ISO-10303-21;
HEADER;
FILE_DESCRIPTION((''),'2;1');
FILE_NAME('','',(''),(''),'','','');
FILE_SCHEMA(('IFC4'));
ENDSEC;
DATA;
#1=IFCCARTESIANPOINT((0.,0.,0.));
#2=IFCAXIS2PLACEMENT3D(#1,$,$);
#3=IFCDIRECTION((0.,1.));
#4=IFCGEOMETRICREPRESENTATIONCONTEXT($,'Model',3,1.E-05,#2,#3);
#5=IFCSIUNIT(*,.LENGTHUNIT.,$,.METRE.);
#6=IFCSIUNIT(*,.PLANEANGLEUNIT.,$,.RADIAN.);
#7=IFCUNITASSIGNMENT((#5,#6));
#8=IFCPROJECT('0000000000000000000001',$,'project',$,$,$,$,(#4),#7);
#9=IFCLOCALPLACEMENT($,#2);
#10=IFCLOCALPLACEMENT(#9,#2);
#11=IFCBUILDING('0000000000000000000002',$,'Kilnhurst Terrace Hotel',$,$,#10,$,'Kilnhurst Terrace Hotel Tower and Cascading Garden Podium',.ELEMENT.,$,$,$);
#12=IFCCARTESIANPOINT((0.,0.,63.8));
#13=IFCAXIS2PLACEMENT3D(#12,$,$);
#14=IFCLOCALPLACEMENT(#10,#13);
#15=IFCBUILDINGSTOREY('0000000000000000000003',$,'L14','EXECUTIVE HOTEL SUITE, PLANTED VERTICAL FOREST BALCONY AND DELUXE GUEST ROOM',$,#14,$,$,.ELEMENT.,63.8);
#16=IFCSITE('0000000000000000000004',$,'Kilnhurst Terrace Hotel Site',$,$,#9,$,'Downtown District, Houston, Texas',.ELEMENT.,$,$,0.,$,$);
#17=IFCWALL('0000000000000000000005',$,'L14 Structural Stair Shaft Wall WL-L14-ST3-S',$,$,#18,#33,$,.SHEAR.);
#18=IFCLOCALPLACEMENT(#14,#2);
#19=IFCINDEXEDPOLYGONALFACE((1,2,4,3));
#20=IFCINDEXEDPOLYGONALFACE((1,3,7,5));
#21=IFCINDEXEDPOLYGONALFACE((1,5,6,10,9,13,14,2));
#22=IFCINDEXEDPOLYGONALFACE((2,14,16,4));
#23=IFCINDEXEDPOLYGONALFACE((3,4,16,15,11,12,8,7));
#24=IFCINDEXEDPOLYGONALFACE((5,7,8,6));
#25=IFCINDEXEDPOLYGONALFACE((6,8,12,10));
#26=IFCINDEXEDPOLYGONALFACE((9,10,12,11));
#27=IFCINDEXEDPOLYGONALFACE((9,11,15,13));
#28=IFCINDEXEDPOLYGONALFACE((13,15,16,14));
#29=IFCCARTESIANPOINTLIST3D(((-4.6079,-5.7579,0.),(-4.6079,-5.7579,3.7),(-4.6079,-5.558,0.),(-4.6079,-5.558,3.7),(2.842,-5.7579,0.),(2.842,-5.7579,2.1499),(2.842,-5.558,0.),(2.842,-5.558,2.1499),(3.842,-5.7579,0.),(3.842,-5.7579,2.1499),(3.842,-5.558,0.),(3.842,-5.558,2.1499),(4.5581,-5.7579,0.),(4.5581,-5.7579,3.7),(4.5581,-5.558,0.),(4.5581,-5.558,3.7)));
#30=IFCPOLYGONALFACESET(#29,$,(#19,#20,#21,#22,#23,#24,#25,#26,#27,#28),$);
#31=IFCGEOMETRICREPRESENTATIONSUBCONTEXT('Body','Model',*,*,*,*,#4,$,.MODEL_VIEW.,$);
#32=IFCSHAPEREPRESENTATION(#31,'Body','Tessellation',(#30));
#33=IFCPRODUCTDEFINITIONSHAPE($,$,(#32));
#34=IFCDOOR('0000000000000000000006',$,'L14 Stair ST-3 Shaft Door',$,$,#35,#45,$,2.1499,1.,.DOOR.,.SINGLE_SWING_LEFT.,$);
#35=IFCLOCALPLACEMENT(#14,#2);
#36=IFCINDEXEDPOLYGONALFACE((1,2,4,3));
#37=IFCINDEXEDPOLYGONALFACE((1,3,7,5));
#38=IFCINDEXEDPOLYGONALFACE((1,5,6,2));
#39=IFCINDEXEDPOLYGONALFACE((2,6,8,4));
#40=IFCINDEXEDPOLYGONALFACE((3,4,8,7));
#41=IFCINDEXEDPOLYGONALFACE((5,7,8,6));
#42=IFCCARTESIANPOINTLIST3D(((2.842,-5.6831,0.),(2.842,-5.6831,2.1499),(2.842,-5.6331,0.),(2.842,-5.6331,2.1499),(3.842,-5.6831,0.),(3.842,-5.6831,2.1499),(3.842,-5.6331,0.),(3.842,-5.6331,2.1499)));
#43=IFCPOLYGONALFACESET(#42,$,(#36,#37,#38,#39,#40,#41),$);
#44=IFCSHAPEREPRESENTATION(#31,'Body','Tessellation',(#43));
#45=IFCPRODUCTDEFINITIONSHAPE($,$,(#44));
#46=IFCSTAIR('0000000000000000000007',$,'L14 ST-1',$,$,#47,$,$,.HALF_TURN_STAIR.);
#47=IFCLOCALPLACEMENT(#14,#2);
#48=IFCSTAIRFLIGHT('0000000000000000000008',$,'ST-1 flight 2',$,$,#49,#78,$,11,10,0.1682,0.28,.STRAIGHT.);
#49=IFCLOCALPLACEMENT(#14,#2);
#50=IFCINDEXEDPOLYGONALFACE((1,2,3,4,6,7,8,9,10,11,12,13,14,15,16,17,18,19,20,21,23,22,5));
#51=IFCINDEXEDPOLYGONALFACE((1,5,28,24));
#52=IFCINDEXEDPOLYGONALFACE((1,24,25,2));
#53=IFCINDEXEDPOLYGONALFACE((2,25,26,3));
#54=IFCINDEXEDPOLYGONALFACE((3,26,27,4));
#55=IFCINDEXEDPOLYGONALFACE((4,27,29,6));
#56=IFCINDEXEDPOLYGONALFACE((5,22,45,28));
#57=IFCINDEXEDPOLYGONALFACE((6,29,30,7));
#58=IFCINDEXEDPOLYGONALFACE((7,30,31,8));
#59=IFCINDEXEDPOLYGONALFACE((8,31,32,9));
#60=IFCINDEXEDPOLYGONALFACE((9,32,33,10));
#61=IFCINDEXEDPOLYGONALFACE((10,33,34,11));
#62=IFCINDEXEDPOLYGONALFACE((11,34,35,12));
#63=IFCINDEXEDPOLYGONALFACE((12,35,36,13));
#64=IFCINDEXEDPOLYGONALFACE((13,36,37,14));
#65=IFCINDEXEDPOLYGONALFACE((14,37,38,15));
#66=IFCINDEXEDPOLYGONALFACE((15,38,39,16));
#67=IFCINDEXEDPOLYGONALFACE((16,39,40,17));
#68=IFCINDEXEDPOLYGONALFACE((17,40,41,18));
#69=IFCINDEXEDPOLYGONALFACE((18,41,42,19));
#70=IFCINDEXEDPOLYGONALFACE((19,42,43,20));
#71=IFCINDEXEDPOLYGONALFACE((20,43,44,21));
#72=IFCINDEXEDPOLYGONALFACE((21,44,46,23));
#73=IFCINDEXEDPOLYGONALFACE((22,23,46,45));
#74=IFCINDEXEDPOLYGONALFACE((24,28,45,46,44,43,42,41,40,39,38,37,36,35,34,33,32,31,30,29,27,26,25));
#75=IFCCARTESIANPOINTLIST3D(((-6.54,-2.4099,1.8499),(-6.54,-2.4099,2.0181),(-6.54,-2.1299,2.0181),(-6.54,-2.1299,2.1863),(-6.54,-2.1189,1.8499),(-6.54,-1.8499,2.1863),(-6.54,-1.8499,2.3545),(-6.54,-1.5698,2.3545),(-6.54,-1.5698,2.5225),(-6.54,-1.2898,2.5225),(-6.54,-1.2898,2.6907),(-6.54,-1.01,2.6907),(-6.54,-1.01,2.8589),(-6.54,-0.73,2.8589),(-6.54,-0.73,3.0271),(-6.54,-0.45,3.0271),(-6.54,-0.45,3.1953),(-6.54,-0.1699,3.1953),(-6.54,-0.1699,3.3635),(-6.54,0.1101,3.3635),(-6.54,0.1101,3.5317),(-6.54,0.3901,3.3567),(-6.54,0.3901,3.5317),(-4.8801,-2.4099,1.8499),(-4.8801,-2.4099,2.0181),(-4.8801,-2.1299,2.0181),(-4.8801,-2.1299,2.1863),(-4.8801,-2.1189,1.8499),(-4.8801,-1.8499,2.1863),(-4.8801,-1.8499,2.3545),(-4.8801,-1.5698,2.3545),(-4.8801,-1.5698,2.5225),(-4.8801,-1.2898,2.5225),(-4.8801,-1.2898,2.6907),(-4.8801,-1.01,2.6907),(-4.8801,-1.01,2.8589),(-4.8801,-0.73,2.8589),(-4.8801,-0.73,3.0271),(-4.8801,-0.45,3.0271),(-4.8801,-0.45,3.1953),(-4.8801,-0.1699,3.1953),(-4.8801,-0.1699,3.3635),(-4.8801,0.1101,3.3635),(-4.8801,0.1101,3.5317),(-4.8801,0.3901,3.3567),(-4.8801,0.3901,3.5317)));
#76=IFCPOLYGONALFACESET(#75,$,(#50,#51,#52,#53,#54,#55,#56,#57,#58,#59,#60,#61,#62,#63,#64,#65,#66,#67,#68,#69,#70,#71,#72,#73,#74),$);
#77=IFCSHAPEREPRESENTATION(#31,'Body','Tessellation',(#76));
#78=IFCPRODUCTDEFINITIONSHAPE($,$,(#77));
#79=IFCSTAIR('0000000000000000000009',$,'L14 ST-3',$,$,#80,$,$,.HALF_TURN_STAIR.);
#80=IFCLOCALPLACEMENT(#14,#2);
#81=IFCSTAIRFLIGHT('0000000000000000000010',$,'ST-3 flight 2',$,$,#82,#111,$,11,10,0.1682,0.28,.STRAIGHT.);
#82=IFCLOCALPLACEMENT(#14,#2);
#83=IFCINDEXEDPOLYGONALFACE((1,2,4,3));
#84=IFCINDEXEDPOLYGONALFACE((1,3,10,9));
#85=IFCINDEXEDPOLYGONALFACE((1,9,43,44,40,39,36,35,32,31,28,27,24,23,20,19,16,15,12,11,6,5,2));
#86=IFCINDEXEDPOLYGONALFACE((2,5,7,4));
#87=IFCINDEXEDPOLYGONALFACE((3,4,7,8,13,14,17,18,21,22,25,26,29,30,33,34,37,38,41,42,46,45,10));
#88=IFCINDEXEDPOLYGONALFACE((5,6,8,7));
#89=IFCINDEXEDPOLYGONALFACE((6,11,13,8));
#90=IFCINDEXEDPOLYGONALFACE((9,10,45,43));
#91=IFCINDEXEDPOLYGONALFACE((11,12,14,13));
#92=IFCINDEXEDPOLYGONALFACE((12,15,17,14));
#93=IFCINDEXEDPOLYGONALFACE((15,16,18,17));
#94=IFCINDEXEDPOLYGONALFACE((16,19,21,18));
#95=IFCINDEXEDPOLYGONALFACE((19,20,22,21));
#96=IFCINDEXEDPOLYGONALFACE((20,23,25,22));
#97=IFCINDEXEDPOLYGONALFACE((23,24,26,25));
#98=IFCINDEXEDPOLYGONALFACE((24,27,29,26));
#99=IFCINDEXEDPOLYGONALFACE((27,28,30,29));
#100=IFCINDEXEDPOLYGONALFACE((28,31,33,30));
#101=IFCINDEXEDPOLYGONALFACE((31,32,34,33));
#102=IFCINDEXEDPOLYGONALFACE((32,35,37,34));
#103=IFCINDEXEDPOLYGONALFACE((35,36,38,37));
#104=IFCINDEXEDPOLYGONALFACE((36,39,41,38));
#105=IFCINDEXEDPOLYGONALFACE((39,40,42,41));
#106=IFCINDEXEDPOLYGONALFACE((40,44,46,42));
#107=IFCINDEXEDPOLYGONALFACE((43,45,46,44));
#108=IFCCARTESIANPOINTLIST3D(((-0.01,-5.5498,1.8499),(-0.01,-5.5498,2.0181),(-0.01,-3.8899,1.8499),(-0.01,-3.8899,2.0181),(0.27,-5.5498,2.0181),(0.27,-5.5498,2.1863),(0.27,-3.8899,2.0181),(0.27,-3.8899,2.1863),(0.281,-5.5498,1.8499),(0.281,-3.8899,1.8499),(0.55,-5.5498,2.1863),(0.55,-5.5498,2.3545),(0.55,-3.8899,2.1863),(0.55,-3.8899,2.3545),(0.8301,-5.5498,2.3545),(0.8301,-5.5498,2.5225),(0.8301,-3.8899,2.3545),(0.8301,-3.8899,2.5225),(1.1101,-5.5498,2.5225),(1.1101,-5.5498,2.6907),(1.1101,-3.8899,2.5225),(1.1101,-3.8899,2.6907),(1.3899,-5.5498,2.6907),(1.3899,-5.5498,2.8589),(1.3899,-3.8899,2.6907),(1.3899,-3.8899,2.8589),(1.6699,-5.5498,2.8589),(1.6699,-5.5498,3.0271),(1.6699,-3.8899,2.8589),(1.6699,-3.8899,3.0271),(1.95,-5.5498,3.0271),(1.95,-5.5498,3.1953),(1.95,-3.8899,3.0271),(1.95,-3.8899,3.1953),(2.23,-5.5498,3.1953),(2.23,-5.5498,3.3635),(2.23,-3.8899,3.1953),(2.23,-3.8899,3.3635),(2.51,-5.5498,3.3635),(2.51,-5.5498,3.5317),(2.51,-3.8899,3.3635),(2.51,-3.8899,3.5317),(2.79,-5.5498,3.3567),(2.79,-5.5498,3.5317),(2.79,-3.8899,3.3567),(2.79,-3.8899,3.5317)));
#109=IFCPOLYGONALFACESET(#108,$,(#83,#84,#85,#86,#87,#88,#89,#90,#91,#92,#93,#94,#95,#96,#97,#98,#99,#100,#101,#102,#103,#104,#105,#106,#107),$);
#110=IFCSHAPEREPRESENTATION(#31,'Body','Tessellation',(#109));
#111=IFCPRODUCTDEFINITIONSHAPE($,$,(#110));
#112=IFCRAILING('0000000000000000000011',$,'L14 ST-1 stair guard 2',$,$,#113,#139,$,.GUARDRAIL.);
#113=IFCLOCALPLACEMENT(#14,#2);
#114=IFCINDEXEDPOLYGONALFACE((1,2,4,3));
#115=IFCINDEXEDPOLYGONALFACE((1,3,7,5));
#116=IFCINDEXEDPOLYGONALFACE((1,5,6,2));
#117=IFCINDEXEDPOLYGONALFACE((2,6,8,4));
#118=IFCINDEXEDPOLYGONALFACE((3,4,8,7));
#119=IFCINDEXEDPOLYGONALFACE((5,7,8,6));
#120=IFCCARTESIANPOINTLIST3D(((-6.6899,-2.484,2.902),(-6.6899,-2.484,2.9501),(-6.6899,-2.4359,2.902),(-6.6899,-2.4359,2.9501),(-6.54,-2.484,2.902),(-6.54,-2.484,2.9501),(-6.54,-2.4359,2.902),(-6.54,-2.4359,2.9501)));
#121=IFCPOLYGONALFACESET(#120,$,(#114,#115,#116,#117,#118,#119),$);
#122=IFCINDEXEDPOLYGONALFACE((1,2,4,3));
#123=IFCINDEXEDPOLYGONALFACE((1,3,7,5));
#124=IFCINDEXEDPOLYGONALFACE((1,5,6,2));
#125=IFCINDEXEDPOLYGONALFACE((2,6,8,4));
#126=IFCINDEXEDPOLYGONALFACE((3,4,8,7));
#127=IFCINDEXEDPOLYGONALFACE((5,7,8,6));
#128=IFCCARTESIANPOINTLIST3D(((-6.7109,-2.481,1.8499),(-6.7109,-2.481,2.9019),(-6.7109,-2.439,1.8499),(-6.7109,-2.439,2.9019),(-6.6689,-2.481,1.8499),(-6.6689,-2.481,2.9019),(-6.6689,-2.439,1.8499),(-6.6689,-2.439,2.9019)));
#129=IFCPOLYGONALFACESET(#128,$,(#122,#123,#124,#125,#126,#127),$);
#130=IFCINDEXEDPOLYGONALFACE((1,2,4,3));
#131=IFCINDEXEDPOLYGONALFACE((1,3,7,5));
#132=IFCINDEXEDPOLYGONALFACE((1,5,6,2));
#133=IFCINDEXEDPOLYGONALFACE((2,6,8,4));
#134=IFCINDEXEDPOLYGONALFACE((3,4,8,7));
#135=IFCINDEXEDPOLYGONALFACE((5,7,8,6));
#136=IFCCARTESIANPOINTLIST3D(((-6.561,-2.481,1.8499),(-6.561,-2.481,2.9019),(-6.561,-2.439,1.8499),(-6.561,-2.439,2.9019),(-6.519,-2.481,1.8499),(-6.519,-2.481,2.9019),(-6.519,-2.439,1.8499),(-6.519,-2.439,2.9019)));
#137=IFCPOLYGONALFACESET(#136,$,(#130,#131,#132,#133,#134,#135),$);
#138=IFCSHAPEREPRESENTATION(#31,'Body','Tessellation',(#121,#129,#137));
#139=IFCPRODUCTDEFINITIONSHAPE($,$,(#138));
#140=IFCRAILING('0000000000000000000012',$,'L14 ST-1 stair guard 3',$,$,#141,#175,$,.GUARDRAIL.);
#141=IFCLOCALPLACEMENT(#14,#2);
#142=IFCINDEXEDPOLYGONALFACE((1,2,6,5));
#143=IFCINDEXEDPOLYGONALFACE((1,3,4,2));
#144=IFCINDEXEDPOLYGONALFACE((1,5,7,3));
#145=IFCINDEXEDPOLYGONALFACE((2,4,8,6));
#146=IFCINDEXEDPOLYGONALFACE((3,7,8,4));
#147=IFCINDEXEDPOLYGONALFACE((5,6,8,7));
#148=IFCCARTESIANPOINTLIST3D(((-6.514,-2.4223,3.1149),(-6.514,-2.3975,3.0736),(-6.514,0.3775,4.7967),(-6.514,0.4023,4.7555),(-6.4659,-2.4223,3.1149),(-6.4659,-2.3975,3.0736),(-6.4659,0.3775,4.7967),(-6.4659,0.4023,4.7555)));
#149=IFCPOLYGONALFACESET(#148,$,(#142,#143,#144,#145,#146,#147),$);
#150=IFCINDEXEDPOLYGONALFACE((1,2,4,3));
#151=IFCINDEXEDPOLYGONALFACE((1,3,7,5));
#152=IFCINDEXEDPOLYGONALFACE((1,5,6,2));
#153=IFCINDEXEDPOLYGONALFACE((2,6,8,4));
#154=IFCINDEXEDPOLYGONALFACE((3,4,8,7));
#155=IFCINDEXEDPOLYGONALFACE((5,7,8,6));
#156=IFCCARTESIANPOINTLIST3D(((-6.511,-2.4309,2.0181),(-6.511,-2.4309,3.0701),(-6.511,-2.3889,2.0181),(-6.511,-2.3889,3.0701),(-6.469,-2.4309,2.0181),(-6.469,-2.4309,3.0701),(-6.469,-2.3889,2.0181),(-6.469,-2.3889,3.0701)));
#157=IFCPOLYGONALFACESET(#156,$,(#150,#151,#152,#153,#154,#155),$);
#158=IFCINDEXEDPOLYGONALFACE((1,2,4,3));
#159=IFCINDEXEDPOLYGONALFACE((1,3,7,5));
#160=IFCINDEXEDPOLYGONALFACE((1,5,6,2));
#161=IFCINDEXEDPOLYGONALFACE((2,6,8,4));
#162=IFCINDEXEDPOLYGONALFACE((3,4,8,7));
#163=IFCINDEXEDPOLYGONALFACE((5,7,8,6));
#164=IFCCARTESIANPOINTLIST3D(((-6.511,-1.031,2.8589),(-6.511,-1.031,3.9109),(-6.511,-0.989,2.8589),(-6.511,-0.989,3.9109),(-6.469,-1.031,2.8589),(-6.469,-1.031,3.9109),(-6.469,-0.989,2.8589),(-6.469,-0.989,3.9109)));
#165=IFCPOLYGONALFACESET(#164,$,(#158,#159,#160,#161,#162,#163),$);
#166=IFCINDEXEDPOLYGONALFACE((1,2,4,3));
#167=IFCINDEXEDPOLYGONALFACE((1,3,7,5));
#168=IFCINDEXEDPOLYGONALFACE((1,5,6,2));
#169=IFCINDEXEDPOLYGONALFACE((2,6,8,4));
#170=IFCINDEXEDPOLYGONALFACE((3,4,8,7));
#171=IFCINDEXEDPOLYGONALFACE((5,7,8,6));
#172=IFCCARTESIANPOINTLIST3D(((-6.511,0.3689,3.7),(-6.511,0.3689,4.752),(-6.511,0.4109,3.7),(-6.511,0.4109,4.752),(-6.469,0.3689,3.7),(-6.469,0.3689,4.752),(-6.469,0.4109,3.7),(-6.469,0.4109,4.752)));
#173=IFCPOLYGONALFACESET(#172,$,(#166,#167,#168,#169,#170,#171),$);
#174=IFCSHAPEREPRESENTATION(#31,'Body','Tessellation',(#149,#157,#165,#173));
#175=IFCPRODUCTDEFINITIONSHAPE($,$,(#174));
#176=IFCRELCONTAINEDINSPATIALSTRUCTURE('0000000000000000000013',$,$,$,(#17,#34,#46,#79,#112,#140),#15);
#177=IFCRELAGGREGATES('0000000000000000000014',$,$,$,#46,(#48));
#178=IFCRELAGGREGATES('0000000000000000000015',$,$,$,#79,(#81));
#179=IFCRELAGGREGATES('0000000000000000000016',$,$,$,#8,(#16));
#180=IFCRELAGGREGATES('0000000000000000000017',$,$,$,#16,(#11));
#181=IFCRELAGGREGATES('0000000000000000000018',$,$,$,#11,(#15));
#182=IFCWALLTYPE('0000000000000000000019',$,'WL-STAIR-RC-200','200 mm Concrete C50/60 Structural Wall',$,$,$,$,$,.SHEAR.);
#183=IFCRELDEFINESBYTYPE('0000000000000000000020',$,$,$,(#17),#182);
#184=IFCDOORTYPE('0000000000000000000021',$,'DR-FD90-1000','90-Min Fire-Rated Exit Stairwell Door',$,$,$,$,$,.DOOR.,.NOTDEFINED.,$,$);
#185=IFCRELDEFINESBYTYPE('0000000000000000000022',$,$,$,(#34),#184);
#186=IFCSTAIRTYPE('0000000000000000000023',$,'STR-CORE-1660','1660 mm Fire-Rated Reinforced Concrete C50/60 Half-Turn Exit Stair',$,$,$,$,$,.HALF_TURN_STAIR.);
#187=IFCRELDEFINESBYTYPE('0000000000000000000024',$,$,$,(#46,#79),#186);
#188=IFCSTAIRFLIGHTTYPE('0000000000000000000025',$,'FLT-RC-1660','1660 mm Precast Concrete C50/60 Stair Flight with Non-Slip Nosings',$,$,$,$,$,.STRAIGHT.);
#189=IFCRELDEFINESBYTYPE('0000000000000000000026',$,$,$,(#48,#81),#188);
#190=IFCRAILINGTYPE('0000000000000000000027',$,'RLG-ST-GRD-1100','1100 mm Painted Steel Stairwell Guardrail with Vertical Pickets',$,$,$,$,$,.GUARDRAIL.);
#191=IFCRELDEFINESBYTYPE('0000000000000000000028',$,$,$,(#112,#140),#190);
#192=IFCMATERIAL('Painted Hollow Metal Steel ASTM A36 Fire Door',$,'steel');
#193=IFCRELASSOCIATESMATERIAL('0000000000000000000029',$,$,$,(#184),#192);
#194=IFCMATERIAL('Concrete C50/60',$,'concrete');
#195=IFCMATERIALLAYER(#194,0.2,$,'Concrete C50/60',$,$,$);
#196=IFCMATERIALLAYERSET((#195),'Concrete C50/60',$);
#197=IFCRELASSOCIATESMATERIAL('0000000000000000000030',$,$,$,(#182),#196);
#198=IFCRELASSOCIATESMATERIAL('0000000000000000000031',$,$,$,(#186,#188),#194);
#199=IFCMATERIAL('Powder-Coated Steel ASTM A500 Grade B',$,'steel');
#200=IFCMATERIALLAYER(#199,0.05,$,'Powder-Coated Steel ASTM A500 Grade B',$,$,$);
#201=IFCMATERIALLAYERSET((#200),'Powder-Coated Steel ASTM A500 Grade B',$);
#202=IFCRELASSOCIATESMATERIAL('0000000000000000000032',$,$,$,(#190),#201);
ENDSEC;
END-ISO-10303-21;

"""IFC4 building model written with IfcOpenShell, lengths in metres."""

from ifc_helpers import new_model, si_unit, direction, frame, frame_2d, origin, origin_2d, place, context, subcontext, project, spatial, polyline, rectangle, outline, extrude, material, layer, layer_set, type_object, element, fill, aggregate, save


model = new_model("IFC4")

# Units and contexts
model_context = context("Model", 3, precision=1e-05, world=origin(), true_north=direction((0.0, 1.0)))
body_context = subcontext(model_context, "Body", "Model", "MODEL_VIEW")
ifc_project = project(units=[si_unit("LENGTHUNIT", "METRE"), si_unit("PLANEANGLEUNIT", "RADIAN")], contexts=[model_context])

# Site, building, storey
site_placement = place(None, origin())
site = spatial("IfcSite", under=ifc_project, at=site_placement, Name="Kilnhurst Terrace Hotel Site", LongName="Downtown District, Houston, Texas", CompositionType="ELEMENT", RefElevation=0.0)
building_placement = place(site_placement, origin())
building = spatial("IfcBuilding", under=site, at=building_placement, Name="Kilnhurst Terrace Hotel", LongName="Kilnhurst Terrace Hotel Tower and Cascading Garden Podium", CompositionType="ELEMENT")
storey_placement = place(building_placement, frame((0.0, 0.0, 63.8)))
storey = spatial("IfcBuildingStorey", under=building, at=storey_placement, Name="L14", Description="EXECUTIVE HOTEL SUITE, PLANTED VERTICAL FOREST BALCONY AND DELUXE GUEST ROOM", CompositionType="ELEMENT", Elevation=63.8)

# Shared definitions
ifc_material_1 = material(Name="Concrete C50/60", Category="concrete")

# Shared definitions
ifc_material_2 = material(Name="Painted Hollow Metal Steel ASTM A36 Fire Door", Category="steel")
door_type_1 = type_object("IfcDoorType", Name="DR-FD90-1000", Description="90-Min Fire-Rated Exit Stairwell Door", OperationType="NOTDEFINED", PredefinedType="DOOR", material=ifc_material_2)

# Shared definitions
ifc_layer_1 = layer(ifc_material_1, 0.2, Name="Concrete C50/60")
ifc_layer_set_1 = layer_set([ifc_layer_1], Name="Concrete C50/60")
wall_type_1 = type_object("IfcWallType", Name="WL-STAIR-RC-200", Description="200 mm Concrete C50/60 Structural Wall", PredefinedType="SHEAR", material=ifc_layer_set_1)

# Wall, opening, door
wall_1_placement = place(storey_placement, frame((-4.6079, -5.658, 0.0), z_axis=(0.0, 0.0, 1.0), x_axis=(1.0, 0.0, 0.0)))
wall_1 = element("IfcWall", 1, at=wall_1_placement, inside=storey, type_object=wall_type_1, Name="L14 Structural Stair Shaft Wall WL-L14-ST3-S", PredefinedType="SHEAR", context=body_context, shape_type="SweptSolid", body=[
    extrude(rectangle(XDim=9.166, YDim=0.2, at=frame_2d((4.583, 0.0))), origin(), (0.0, 0.0, 1.0), 3.7),
])
opening_1_placement = place(wall_1_placement, frame((7.45, 0.0, 0.0)))
opening_1 = element("IfcOpeningElement", 2, at=opening_1_placement, cuts=wall_1, PredefinedType="OPENING", context=body_context, shape_type="SweptSolid", body=[
    extrude(rectangle(XDim=1.0, YDim=2.1499, at=frame_2d((0.5, 1.075))), frame((0.0, 0.1099, 0.0), z_axis=(0.0, -1.0, 0.0), x_axis=(1.0, 0.0, 0.0)), (0.0, 0.0, 1.0), 0.22),
])
door_1_placement = place(opening_1_placement, origin())
door_1 = element("IfcDoor", 3, at=door_1_placement, inside=storey, type_object=door_type_1, Name="L14 Stair ST-3 Shaft Door", OperationType="SINGLE_SWING_LEFT", OverallHeight=2.1499, OverallWidth=1.0, PredefinedType="DOOR", context=body_context, shape_type="SweptSolid", body=[
    extrude(rectangle(XDim=1.0, YDim=2.1499, at=frame_2d((0.5, 1.075))), frame((0.0, 0.0249, 0.0), z_axis=(0.0, -1.0, 0.0), x_axis=(1.0, 0.0, 0.0)), (0.0, 0.0, 1.0), 0.05),
])
fill(opening_1, door_1)

# Stairs, stair flights
stair_type = type_object("IfcStairType", Name="STR-CORE-1660", Description="1660 mm Fire-Rated Reinforced Concrete C50/60 Half-Turn Exit Stair", PredefinedType="HALF_TURN_STAIR", material=ifc_material_1)
stair_1_placement = place(storey_placement, origin())
stair_1 = element("IfcStair", 4, at=stair_1_placement, inside=storey, type_object=stair_type, Name="L14 ST-1", PredefinedType="HALF_TURN_STAIR")
stair_flight_type = type_object("IfcStairFlightType", Name="FLT-RC-1660", Description="1660 mm Precast Concrete C50/60 Stair Flight with Non-Slip Nosings", PredefinedType="STRAIGHT", material=ifc_material_1)
stair_flight_1_placement = place(storey_placement, frame((-5.71, -2.4099, 1.8499), z_axis=(0.0, 0.0, 1.0), x_axis=(0.0, 1.0, 0.0)))
stair_flight_1 = element("IfcStairFlight", 5, at=stair_flight_1_placement, type_object=stair_flight_type, Name="ST-1 flight 2", NumberOfRisers=11, NumberOfTreads=10, PredefinedType="STRAIGHT", RiserHeight=0.1682, TreadLength=0.28, context=body_context, shape_type="SweptSolid", body=[
    extrude(outline(polyline([(0.0, 0.0), (0.0, 0.1682), (0.28, 0.1682), (0.28, 0.3364), (0.5601, 0.3364), (0.5601, 0.5046), (0.8401, 0.5046), (0.8401, 0.6726), (1.1201, 0.6726), (1.1201, 0.8408), (1.3999, 0.8408), (1.3999, 1.009), (1.6799, 1.009), (1.6799, 1.1772), (1.96, 1.1772), (1.96, 1.3455), (2.24, 1.3455), (2.24, 1.5137), (2.52, 1.5137), (2.52, 1.6819), (2.8, 1.6819), (2.8, 1.8501), (2.8, 1.5068), (0.291, 0.0), (0.0, 0.0)])), frame((0.0, 0.8301, 0.0), z_axis=(0.0, -1.0, 0.0), x_axis=(1.0, 0.0, 0.0)), (0.0, 0.0, 1.0), 1.6599),
])
aggregate(stair_1, [stair_flight_1])
stair_2_placement = place(storey_placement, origin())
stair_2 = element("IfcStair", 6, at=stair_2_placement, inside=storey, type_object=stair_type, Name="L14 ST-3", PredefinedType="HALF_TURN_STAIR")
stair_flight_2_placement = place(storey_placement, frame((-0.01, -4.72, 1.8499), z_axis=(0.0, 0.0, 1.0), x_axis=(1.0, 0.0, 0.0)))
stair_flight_2 = element("IfcStairFlight", 7, at=stair_flight_2_placement, type_object=stair_flight_type, Name="ST-3 flight 2", NumberOfRisers=11, NumberOfTreads=10, PredefinedType="STRAIGHT", RiserHeight=0.1682, TreadLength=0.28, context=body_context, shape_type="SweptSolid", body=[
    extrude(outline(polyline([(0.0, 0.0), (0.0, 0.1682), (0.28, 0.1682), (0.28, 0.3364), (0.5601, 0.3364), (0.5601, 0.5046), (0.8401, 0.5046), (0.8401, 0.6726), (1.1201, 0.6726), (1.1201, 0.8408), (1.3999, 0.8408), (1.3999, 1.009), (1.6799, 1.009), (1.6799, 1.1772), (1.96, 1.1772), (1.96, 1.3455), (2.24, 1.3455), (2.24, 1.5137), (2.52, 1.5137), (2.52, 1.6819), (2.8, 1.6819), (2.8, 1.8501), (2.8, 1.5068), (0.291, 0.0), (0.0, 0.0)])), frame((0.0, 0.8301, 0.0), z_axis=(0.0, -1.0, 0.0), x_axis=(1.0, 0.0, 0.0)), (0.0, 0.0, 1.0), 1.6599),
])
aggregate(stair_2, [stair_flight_2])

# Railings
ifc_material_3 = material(Name="Powder-Coated Steel ASTM A500 Grade B", Category="steel")
ifc_layer_2 = layer(ifc_material_3, 0.05, Name="Powder-Coated Steel ASTM A500 Grade B")
ifc_layer_set_2 = layer_set([ifc_layer_2], Name="Powder-Coated Steel ASTM A500 Grade B")
railing_type_1 = type_object("IfcRailingType", Name="RLG-ST-GRD-1100", Description="1100 mm Painted Steel Stairwell Guardrail with Vertical Pickets", PredefinedType="GUARDRAIL", material=ifc_layer_set_2)
railing_1_placement = place(storey_placement, frame((-6.6899, -2.46, 1.8499)))
element("IfcRailing", 8, at=railing_1_placement, inside=storey, type_object=railing_type_1, Name="L14 ST-1 stair guard 2", PredefinedType="GUARDRAIL", context=body_context, shape_type="SweptSolid", body=[
    extrude(rectangle(XDim=0.0481, YDim=0.0481, at=origin_2d()), frame((0.0, 0.0, 1.0762), z_axis=(1.0, 0.0, 0.0), x_axis=(0.0, 1.0, 0.0)), (0.0, 0.0, 1.0), 0.1499),
    extrude(rectangle(XDim=0.042, YDim=0.042, at=origin_2d()), origin(), (0.0, 0.0, 1.0), 1.052),
    extrude(rectangle(XDim=0.042, YDim=0.042, at=origin_2d()), frame((0.1499, 0.0, 0.0)), (0.0, 0.0, 1.0), 1.052),
])
railing_2_placement = place(storey_placement, frame((-6.49, -2.4099, 2.0181)))
element("IfcRailing", 9, at=railing_2_placement, inside=storey, type_object=railing_type_1, Name="L14 ST-1 stair guard 3", PredefinedType="GUARDRAIL", context=body_context, shape_type="SweptSolid", body=[
    extrude(rectangle(XDim=0.0481, YDim=0.0481, at=origin_2d()), frame((0.0, 0.0, 1.0762), z_axis=(0.0, 0.857222, 0.514946), x_axis=(-1.0, 0.0, 0.0)), (0.0, 0.0, 1.0), 3.2661),
    extrude(rectangle(XDim=0.042, YDim=0.042, at=origin_2d()), origin(), (0.0, 0.0, 1.0), 1.052),
    extrude(rectangle(XDim=0.042, YDim=0.042, at=origin_2d()), frame((0.0, 1.3999, 0.8408)), (0.0, 0.0, 1.0), 1.052),
    extrude(rectangle(XDim=0.042, YDim=0.042, at=origin_2d()), frame((0.0, 2.7998, 1.6819)), (0.0, 0.0, 1.0), 1.052),
])

save(model, "model.ifc")
